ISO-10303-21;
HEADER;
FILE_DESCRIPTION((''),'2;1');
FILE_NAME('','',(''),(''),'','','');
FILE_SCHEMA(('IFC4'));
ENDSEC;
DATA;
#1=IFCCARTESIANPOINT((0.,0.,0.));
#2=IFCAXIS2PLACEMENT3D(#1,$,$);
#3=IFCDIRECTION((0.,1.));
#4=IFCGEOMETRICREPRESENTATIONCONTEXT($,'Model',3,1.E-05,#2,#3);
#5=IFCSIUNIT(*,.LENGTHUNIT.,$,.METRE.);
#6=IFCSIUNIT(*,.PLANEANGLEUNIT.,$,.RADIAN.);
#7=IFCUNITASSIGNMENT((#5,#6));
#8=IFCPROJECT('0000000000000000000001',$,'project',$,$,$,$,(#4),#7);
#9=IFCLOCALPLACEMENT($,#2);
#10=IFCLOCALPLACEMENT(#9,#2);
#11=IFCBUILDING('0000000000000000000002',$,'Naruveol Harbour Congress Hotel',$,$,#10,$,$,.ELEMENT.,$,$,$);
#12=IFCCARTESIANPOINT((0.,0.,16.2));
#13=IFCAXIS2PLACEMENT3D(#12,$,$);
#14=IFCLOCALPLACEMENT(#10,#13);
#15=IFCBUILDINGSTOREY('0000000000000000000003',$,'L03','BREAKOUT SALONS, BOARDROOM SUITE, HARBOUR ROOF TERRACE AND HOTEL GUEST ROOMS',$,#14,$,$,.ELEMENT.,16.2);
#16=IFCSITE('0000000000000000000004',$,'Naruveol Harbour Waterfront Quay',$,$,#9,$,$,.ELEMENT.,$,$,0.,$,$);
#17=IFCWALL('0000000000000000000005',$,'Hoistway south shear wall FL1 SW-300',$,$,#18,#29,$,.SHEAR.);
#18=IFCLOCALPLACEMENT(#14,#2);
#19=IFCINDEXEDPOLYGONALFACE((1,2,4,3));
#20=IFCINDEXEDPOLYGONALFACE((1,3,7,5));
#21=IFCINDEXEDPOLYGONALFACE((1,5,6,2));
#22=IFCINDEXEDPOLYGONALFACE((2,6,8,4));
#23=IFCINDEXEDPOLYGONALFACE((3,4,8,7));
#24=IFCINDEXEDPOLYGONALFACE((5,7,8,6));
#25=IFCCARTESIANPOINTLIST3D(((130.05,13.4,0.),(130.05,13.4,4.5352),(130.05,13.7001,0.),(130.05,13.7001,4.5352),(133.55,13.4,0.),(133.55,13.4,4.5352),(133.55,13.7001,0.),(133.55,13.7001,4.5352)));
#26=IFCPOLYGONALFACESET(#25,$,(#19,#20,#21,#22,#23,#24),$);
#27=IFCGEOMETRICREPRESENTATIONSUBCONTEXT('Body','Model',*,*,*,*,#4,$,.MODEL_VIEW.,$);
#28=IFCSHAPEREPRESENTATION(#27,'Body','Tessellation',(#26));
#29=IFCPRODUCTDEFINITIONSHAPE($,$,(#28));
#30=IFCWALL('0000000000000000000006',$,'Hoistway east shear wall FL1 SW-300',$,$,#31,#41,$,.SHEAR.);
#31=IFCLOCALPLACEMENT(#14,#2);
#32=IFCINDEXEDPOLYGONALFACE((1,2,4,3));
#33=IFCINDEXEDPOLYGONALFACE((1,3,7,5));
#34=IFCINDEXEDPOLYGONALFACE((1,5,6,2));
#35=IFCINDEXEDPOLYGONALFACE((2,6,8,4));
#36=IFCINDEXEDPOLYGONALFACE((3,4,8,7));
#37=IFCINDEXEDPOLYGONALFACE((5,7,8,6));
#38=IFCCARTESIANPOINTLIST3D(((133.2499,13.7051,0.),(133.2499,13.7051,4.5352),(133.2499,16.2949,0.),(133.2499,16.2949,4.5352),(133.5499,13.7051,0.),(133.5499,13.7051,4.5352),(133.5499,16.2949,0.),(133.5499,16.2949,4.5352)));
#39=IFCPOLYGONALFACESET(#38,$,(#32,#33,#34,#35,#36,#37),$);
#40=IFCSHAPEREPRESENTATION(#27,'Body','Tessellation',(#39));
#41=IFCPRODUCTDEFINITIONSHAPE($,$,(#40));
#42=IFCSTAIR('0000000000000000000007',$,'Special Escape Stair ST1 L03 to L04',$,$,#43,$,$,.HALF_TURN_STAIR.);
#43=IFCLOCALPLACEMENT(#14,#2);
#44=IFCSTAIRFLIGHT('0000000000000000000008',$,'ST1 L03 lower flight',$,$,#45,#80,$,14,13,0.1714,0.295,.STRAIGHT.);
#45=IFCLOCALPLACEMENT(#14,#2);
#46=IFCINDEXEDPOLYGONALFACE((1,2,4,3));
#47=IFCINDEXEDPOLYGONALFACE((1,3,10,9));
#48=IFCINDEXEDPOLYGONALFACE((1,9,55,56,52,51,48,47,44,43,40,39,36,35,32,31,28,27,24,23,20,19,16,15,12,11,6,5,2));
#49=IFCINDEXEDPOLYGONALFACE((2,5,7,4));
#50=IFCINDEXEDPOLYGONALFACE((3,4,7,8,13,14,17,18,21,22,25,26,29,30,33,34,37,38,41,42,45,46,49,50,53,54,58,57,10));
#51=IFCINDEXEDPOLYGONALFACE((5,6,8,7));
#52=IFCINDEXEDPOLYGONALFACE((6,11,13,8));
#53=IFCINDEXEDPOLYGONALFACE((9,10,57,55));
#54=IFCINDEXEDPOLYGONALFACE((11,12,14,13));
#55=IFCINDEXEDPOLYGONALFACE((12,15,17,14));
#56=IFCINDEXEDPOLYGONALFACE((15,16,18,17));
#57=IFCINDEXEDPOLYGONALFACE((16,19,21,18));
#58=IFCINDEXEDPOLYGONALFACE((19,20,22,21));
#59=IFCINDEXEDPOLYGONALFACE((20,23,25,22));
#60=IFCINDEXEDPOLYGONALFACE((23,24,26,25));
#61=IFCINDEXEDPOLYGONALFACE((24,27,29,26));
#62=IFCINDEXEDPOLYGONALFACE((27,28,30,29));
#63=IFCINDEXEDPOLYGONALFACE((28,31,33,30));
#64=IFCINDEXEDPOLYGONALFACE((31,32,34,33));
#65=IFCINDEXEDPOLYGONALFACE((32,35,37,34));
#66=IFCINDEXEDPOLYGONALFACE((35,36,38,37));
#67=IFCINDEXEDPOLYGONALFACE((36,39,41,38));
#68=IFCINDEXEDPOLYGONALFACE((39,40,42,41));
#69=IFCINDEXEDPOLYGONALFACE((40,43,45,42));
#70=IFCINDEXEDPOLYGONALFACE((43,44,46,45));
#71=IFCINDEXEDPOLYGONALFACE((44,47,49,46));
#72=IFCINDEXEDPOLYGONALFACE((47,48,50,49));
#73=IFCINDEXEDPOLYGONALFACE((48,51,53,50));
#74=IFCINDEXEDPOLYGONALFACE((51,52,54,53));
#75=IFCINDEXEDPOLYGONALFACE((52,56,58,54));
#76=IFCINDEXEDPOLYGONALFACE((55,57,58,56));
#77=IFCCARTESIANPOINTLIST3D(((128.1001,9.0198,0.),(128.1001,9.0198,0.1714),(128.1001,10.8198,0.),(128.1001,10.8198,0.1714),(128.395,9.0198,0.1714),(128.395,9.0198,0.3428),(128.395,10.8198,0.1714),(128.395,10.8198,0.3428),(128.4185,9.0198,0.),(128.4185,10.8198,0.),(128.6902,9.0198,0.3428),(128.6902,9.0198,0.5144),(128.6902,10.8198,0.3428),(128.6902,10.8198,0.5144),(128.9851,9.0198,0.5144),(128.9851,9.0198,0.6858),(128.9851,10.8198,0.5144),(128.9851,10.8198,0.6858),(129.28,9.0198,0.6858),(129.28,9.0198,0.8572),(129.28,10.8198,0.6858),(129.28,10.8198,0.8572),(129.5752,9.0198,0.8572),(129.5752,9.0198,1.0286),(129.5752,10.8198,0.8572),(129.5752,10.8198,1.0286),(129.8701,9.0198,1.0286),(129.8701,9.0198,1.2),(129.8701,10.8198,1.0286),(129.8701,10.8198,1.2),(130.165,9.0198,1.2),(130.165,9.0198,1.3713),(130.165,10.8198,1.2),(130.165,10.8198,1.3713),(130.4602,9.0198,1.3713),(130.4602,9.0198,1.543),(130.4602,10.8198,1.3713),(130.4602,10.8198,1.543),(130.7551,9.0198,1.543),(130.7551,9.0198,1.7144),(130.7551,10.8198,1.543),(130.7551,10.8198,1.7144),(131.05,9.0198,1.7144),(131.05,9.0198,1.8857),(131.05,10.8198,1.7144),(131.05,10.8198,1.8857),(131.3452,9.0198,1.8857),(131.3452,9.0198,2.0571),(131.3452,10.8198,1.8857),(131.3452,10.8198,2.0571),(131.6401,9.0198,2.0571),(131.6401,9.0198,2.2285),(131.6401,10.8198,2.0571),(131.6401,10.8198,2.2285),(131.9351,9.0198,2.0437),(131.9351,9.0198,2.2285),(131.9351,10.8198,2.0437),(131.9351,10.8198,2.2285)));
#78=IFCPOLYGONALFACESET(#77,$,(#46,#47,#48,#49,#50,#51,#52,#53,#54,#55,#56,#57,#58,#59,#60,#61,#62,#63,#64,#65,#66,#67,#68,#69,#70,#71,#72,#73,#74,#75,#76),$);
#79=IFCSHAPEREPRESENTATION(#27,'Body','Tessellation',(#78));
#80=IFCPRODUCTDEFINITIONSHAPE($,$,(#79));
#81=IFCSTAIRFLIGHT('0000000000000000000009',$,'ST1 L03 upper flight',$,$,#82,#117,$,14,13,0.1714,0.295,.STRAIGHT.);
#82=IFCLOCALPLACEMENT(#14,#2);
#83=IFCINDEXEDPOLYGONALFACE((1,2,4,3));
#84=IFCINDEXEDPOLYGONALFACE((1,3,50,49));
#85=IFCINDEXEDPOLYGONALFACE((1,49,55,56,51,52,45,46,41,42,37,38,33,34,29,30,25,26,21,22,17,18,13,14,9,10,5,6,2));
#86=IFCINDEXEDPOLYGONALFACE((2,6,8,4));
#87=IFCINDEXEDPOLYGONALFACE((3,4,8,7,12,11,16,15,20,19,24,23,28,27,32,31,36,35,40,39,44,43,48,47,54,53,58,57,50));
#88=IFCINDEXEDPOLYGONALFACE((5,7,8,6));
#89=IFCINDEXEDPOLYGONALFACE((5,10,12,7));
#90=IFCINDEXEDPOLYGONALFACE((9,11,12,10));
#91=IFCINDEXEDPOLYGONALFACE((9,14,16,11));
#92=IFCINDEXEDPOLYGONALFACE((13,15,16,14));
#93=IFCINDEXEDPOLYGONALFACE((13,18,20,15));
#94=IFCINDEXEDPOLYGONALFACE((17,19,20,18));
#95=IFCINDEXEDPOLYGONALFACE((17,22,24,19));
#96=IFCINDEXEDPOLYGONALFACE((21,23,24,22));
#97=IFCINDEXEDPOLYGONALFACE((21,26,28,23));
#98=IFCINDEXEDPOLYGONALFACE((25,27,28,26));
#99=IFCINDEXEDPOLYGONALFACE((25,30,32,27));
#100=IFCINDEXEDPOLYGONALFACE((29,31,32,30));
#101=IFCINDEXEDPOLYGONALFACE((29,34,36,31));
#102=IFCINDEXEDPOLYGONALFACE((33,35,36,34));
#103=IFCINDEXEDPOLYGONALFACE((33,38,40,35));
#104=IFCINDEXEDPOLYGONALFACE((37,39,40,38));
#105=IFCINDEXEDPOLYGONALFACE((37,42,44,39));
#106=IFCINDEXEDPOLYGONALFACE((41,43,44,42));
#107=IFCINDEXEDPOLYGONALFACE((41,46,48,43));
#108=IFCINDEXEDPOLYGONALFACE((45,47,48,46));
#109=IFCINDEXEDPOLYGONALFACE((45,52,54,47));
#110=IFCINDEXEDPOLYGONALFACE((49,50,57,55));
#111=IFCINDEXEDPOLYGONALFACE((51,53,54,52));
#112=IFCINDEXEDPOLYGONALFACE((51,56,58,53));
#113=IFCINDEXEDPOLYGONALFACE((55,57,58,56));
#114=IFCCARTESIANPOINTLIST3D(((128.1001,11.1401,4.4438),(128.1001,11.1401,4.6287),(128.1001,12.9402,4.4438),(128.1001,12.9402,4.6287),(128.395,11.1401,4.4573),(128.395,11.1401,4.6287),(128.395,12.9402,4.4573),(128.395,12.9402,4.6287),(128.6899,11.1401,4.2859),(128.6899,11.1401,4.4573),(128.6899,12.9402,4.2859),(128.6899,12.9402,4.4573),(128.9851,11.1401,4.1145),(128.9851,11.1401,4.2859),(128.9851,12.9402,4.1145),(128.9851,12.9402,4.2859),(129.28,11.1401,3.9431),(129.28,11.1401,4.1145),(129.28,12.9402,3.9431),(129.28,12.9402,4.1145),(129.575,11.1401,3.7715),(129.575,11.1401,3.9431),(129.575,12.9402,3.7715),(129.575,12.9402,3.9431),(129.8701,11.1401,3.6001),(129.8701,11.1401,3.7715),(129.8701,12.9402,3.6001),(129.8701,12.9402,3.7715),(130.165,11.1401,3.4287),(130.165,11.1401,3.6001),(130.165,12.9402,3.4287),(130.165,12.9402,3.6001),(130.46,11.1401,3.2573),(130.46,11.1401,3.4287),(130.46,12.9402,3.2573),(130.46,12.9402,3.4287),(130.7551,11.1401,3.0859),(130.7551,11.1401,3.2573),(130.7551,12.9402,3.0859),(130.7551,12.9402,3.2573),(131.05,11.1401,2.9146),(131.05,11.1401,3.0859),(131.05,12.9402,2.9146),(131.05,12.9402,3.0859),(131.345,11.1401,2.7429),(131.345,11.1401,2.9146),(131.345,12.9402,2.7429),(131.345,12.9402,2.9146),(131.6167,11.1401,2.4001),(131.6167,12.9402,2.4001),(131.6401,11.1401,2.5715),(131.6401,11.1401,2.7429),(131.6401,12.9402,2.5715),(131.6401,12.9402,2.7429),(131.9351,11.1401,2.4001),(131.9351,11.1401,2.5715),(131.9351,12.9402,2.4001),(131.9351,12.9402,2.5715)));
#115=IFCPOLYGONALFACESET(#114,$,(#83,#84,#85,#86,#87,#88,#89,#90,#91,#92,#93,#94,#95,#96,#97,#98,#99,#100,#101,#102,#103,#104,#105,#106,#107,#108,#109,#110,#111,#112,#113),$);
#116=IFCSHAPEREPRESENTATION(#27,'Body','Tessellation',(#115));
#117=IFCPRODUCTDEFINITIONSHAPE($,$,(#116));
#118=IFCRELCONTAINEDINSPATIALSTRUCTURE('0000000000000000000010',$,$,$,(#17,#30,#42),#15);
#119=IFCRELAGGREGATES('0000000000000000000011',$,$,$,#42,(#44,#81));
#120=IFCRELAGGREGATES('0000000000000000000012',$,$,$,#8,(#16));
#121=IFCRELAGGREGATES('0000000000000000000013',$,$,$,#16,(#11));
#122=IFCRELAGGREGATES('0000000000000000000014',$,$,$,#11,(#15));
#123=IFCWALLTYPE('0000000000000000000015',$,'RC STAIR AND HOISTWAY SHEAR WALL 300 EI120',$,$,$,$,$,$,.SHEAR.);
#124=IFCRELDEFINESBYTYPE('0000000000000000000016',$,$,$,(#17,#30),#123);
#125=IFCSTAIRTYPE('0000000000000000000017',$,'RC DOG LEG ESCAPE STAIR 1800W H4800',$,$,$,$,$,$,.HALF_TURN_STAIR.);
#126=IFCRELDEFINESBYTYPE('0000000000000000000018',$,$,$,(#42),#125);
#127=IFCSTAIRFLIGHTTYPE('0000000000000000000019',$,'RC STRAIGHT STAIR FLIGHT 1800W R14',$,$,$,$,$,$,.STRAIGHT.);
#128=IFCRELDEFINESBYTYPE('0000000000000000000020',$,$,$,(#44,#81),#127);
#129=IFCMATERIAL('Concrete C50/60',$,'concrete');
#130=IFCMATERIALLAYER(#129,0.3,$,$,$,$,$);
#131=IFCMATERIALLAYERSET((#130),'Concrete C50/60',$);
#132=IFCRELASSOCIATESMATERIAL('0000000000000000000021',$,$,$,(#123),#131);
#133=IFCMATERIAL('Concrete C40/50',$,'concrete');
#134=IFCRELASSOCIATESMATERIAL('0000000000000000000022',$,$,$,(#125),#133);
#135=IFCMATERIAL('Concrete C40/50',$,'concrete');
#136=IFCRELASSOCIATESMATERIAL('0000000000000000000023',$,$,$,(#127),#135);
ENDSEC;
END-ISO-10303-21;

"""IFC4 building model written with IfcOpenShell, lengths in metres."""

from ifc_helpers import new_model, si_unit, direction, frame, frame_2d, origin, place, context, subcontext, project, spatial, polyline, rectangle, outline, extrude, material, layer, layer_set, type_object, element, aggregate, save


model = new_model("IFC4")

# Units and contexts
model_context = context("Model", 3, precision=1e-05, world=origin(), true_north=direction((0.0, 1.0)))
body_context = subcontext(model_context, "Body", "Model", "MODEL_VIEW")
ifc_project = project(units=[si_unit("LENGTHUNIT", "METRE"), si_unit("PLANEANGLEUNIT", "RADIAN")], contexts=[model_context])

# Site, building, storey
site_placement = place(None, origin())
site = spatial("IfcSite", under=ifc_project, at=site_placement, Name="Naruveol Harbour Waterfront Quay", CompositionType="ELEMENT", RefElevation=0.0)
building_placement = place(site_placement, origin())
building = spatial("IfcBuilding", under=site, at=building_placement, Name="Naruveol Harbour Congress Hotel", CompositionType="ELEMENT")
storey_placement = place(building_placement, frame((0.0, 0.0, 16.2)))
storey = spatial("IfcBuildingStorey", under=building, at=storey_placement, Name="L03", Description="BREAKOUT SALONS, BOARDROOM SUITE, HARBOUR ROOF TERRACE AND HOTEL GUEST ROOMS", CompositionType="ELEMENT", Elevation=16.2)

# Shared definitions
ifc_material_1 = material(Name="Concrete C50/60", Category="concrete")
ifc_layer_1 = layer(ifc_material_1, 0.3)
ifc_layer_set_1 = layer_set([ifc_layer_1], Name="Concrete C50/60")
wall_type_1 = type_object("IfcWallType", Name="RC STAIR AND HOISTWAY SHEAR WALL 300 EI120", PredefinedType="SHEAR", material=ifc_layer_set_1)

# Walls
wall_1_placement = place(storey_placement, frame((130.05, 13.55, 0.0), z_axis=(0.0, 0.0, 1.0), x_axis=(1.0, 0.0, 0.0)))
element("IfcWall", 1, at=wall_1_placement, inside=storey, type_object=wall_type_1, Name="Hoistway south shear wall FL1 SW-300", PredefinedType="SHEAR", context=body_context, shape_type="SweptSolid", body=[
    extrude(rectangle(XDim=3.5, YDim=0.3, at=frame_2d((1.75, 0.0))), origin(), (0.0, 0.0, 1.0), 4.5352),
])
wall_2_placement = place(storey_placement, frame((133.3999, 13.7051, 0.0), z_axis=(0.0, 0.0, 1.0), x_axis=(0.0, 1.0, 0.0)))
element("IfcWall", 2, at=wall_2_placement, inside=storey, type_object=wall_type_1, Name="Hoistway east shear wall FL1 SW-300", PredefinedType="SHEAR", context=body_context, shape_type="SweptSolid", body=[
    extrude(rectangle(XDim=2.5898, YDim=0.3, at=frame_2d((1.2949, 0.0))), origin(), (0.0, 0.0, 1.0), 4.5352),
])

# Stair, stair flights
ifc_material_2 = material(Name="Concrete C40/50", Category="concrete")
stair_type = type_object("IfcStairType", Name="RC DOG LEG ESCAPE STAIR 1800W H4800", PredefinedType="HALF_TURN_STAIR", material=ifc_material_2)
stair_placement = place(storey_placement, origin())
stair = element("IfcStair", 3, at=stair_placement, inside=storey, type_object=stair_type, Name="Special Escape Stair ST1 L03 to L04", PredefinedType="HALF_TURN_STAIR")
ifc_material_3 = material(Name="Concrete C40/50", Category="concrete")
stair_flight_type = type_object("IfcStairFlightType", Name="RC STRAIGHT STAIR FLIGHT 1800W R14", PredefinedType="STRAIGHT", material=ifc_material_3)
stair_flight_1_placement = place(storey_placement, frame((128.1001, 9.9199, 0.0), z_axis=(0.0, 0.0, 1.0), x_axis=(1.0, 0.0, 0.0)))
stair_flight_1 = element("IfcStairFlight", 4, at=stair_flight_1_placement, type_object=stair_flight_type, Name="ST1 L03 lower flight", NumberOfRisers=14, NumberOfTreads=13, PredefinedType="STRAIGHT", RiserHeight=0.1714, TreadLength=0.295, context=body_context, shape_type="SweptSolid", body=[
    extrude(outline(polyline([(0.0, 0.0), (0.0, 0.1714), (0.2949, 0.1714), (0.2949, 0.3428), (0.5901, 0.3428), (0.5901, 0.5144), (0.885, 0.5144), (0.885, 0.6858), (1.1799, 0.6858), (1.1799, 0.8572), (1.4751, 0.8572), (1.4751, 1.0286), (1.77, 1.0286), (1.77, 1.2), (2.0649, 1.2), (2.0649, 1.3713), (2.3601, 1.3713), (2.3601, 1.543), (2.655, 1.543), (2.655, 1.7144), (2.95, 1.7144), (2.95, 1.8857), (3.2451, 1.8857), (3.2451, 2.0571), (3.54, 2.0571), (3.54, 2.2285), (3.835, 2.2285), (3.835, 2.3999), (3.835, 2.0437), (0.3184, 0.0), (0.0, 0.0)])), frame((0.0, 0.8999, 0.0), z_axis=(0.0, -1.0, 0.0), x_axis=(1.0, 0.0, 0.0)), (0.0, 0.0, 1.0), 1.8),
])
stair_flight_2_placement = place(storey_placement, frame((131.9351, 12.04, 2.4001), z_axis=(0.0, 0.0, 1.0), x_axis=(-1.0, 0.0, 0.0)))
stair_flight_2 = element("IfcStairFlight", 5, at=stair_flight_2_placement, type_object=stair_flight_type, Name="ST1 L03 upper flight", NumberOfRisers=14, NumberOfTreads=13, PredefinedType="STRAIGHT", RiserHeight=0.1714, TreadLength=0.295, context=body_context, shape_type="SweptSolid", body=[
    extrude(outline(polyline([(0.0, 0.0), (0.0, 0.1714), (0.2949, 0.1714), (0.2949, 0.3428), (0.5901, 0.3428), (0.5901, 0.5144), (0.885, 0.5144), (0.885, 0.6858), (1.1799, 0.6858), (1.1799, 0.8572), (1.4751, 0.8572), (1.4751, 1.0286), (1.77, 1.0286), (1.77, 1.2), (2.0649, 1.2), (2.0649, 1.3713), (2.3601, 1.3713), (2.3601, 1.543), (2.655, 1.543), (2.655, 1.7144), (2.95, 1.7144), (2.95, 1.8857), (3.2451, 1.8857), (3.2451, 2.0571), (3.54, 2.0571), (3.54, 2.2285), (3.835, 2.2285), (3.835, 2.3999), (3.835, 2.0437), (0.3184, 0.0), (0.0, 0.0)])), frame((0.0, 0.8999, 0.0), z_axis=(0.0, -1.0, 0.0), x_axis=(1.0, 0.0, 0.0)), (0.0, 0.0, 1.0), 1.8),
])
aggregate(stair, [stair_flight_1, stair_flight_2])

save(model, "model.ifc")
